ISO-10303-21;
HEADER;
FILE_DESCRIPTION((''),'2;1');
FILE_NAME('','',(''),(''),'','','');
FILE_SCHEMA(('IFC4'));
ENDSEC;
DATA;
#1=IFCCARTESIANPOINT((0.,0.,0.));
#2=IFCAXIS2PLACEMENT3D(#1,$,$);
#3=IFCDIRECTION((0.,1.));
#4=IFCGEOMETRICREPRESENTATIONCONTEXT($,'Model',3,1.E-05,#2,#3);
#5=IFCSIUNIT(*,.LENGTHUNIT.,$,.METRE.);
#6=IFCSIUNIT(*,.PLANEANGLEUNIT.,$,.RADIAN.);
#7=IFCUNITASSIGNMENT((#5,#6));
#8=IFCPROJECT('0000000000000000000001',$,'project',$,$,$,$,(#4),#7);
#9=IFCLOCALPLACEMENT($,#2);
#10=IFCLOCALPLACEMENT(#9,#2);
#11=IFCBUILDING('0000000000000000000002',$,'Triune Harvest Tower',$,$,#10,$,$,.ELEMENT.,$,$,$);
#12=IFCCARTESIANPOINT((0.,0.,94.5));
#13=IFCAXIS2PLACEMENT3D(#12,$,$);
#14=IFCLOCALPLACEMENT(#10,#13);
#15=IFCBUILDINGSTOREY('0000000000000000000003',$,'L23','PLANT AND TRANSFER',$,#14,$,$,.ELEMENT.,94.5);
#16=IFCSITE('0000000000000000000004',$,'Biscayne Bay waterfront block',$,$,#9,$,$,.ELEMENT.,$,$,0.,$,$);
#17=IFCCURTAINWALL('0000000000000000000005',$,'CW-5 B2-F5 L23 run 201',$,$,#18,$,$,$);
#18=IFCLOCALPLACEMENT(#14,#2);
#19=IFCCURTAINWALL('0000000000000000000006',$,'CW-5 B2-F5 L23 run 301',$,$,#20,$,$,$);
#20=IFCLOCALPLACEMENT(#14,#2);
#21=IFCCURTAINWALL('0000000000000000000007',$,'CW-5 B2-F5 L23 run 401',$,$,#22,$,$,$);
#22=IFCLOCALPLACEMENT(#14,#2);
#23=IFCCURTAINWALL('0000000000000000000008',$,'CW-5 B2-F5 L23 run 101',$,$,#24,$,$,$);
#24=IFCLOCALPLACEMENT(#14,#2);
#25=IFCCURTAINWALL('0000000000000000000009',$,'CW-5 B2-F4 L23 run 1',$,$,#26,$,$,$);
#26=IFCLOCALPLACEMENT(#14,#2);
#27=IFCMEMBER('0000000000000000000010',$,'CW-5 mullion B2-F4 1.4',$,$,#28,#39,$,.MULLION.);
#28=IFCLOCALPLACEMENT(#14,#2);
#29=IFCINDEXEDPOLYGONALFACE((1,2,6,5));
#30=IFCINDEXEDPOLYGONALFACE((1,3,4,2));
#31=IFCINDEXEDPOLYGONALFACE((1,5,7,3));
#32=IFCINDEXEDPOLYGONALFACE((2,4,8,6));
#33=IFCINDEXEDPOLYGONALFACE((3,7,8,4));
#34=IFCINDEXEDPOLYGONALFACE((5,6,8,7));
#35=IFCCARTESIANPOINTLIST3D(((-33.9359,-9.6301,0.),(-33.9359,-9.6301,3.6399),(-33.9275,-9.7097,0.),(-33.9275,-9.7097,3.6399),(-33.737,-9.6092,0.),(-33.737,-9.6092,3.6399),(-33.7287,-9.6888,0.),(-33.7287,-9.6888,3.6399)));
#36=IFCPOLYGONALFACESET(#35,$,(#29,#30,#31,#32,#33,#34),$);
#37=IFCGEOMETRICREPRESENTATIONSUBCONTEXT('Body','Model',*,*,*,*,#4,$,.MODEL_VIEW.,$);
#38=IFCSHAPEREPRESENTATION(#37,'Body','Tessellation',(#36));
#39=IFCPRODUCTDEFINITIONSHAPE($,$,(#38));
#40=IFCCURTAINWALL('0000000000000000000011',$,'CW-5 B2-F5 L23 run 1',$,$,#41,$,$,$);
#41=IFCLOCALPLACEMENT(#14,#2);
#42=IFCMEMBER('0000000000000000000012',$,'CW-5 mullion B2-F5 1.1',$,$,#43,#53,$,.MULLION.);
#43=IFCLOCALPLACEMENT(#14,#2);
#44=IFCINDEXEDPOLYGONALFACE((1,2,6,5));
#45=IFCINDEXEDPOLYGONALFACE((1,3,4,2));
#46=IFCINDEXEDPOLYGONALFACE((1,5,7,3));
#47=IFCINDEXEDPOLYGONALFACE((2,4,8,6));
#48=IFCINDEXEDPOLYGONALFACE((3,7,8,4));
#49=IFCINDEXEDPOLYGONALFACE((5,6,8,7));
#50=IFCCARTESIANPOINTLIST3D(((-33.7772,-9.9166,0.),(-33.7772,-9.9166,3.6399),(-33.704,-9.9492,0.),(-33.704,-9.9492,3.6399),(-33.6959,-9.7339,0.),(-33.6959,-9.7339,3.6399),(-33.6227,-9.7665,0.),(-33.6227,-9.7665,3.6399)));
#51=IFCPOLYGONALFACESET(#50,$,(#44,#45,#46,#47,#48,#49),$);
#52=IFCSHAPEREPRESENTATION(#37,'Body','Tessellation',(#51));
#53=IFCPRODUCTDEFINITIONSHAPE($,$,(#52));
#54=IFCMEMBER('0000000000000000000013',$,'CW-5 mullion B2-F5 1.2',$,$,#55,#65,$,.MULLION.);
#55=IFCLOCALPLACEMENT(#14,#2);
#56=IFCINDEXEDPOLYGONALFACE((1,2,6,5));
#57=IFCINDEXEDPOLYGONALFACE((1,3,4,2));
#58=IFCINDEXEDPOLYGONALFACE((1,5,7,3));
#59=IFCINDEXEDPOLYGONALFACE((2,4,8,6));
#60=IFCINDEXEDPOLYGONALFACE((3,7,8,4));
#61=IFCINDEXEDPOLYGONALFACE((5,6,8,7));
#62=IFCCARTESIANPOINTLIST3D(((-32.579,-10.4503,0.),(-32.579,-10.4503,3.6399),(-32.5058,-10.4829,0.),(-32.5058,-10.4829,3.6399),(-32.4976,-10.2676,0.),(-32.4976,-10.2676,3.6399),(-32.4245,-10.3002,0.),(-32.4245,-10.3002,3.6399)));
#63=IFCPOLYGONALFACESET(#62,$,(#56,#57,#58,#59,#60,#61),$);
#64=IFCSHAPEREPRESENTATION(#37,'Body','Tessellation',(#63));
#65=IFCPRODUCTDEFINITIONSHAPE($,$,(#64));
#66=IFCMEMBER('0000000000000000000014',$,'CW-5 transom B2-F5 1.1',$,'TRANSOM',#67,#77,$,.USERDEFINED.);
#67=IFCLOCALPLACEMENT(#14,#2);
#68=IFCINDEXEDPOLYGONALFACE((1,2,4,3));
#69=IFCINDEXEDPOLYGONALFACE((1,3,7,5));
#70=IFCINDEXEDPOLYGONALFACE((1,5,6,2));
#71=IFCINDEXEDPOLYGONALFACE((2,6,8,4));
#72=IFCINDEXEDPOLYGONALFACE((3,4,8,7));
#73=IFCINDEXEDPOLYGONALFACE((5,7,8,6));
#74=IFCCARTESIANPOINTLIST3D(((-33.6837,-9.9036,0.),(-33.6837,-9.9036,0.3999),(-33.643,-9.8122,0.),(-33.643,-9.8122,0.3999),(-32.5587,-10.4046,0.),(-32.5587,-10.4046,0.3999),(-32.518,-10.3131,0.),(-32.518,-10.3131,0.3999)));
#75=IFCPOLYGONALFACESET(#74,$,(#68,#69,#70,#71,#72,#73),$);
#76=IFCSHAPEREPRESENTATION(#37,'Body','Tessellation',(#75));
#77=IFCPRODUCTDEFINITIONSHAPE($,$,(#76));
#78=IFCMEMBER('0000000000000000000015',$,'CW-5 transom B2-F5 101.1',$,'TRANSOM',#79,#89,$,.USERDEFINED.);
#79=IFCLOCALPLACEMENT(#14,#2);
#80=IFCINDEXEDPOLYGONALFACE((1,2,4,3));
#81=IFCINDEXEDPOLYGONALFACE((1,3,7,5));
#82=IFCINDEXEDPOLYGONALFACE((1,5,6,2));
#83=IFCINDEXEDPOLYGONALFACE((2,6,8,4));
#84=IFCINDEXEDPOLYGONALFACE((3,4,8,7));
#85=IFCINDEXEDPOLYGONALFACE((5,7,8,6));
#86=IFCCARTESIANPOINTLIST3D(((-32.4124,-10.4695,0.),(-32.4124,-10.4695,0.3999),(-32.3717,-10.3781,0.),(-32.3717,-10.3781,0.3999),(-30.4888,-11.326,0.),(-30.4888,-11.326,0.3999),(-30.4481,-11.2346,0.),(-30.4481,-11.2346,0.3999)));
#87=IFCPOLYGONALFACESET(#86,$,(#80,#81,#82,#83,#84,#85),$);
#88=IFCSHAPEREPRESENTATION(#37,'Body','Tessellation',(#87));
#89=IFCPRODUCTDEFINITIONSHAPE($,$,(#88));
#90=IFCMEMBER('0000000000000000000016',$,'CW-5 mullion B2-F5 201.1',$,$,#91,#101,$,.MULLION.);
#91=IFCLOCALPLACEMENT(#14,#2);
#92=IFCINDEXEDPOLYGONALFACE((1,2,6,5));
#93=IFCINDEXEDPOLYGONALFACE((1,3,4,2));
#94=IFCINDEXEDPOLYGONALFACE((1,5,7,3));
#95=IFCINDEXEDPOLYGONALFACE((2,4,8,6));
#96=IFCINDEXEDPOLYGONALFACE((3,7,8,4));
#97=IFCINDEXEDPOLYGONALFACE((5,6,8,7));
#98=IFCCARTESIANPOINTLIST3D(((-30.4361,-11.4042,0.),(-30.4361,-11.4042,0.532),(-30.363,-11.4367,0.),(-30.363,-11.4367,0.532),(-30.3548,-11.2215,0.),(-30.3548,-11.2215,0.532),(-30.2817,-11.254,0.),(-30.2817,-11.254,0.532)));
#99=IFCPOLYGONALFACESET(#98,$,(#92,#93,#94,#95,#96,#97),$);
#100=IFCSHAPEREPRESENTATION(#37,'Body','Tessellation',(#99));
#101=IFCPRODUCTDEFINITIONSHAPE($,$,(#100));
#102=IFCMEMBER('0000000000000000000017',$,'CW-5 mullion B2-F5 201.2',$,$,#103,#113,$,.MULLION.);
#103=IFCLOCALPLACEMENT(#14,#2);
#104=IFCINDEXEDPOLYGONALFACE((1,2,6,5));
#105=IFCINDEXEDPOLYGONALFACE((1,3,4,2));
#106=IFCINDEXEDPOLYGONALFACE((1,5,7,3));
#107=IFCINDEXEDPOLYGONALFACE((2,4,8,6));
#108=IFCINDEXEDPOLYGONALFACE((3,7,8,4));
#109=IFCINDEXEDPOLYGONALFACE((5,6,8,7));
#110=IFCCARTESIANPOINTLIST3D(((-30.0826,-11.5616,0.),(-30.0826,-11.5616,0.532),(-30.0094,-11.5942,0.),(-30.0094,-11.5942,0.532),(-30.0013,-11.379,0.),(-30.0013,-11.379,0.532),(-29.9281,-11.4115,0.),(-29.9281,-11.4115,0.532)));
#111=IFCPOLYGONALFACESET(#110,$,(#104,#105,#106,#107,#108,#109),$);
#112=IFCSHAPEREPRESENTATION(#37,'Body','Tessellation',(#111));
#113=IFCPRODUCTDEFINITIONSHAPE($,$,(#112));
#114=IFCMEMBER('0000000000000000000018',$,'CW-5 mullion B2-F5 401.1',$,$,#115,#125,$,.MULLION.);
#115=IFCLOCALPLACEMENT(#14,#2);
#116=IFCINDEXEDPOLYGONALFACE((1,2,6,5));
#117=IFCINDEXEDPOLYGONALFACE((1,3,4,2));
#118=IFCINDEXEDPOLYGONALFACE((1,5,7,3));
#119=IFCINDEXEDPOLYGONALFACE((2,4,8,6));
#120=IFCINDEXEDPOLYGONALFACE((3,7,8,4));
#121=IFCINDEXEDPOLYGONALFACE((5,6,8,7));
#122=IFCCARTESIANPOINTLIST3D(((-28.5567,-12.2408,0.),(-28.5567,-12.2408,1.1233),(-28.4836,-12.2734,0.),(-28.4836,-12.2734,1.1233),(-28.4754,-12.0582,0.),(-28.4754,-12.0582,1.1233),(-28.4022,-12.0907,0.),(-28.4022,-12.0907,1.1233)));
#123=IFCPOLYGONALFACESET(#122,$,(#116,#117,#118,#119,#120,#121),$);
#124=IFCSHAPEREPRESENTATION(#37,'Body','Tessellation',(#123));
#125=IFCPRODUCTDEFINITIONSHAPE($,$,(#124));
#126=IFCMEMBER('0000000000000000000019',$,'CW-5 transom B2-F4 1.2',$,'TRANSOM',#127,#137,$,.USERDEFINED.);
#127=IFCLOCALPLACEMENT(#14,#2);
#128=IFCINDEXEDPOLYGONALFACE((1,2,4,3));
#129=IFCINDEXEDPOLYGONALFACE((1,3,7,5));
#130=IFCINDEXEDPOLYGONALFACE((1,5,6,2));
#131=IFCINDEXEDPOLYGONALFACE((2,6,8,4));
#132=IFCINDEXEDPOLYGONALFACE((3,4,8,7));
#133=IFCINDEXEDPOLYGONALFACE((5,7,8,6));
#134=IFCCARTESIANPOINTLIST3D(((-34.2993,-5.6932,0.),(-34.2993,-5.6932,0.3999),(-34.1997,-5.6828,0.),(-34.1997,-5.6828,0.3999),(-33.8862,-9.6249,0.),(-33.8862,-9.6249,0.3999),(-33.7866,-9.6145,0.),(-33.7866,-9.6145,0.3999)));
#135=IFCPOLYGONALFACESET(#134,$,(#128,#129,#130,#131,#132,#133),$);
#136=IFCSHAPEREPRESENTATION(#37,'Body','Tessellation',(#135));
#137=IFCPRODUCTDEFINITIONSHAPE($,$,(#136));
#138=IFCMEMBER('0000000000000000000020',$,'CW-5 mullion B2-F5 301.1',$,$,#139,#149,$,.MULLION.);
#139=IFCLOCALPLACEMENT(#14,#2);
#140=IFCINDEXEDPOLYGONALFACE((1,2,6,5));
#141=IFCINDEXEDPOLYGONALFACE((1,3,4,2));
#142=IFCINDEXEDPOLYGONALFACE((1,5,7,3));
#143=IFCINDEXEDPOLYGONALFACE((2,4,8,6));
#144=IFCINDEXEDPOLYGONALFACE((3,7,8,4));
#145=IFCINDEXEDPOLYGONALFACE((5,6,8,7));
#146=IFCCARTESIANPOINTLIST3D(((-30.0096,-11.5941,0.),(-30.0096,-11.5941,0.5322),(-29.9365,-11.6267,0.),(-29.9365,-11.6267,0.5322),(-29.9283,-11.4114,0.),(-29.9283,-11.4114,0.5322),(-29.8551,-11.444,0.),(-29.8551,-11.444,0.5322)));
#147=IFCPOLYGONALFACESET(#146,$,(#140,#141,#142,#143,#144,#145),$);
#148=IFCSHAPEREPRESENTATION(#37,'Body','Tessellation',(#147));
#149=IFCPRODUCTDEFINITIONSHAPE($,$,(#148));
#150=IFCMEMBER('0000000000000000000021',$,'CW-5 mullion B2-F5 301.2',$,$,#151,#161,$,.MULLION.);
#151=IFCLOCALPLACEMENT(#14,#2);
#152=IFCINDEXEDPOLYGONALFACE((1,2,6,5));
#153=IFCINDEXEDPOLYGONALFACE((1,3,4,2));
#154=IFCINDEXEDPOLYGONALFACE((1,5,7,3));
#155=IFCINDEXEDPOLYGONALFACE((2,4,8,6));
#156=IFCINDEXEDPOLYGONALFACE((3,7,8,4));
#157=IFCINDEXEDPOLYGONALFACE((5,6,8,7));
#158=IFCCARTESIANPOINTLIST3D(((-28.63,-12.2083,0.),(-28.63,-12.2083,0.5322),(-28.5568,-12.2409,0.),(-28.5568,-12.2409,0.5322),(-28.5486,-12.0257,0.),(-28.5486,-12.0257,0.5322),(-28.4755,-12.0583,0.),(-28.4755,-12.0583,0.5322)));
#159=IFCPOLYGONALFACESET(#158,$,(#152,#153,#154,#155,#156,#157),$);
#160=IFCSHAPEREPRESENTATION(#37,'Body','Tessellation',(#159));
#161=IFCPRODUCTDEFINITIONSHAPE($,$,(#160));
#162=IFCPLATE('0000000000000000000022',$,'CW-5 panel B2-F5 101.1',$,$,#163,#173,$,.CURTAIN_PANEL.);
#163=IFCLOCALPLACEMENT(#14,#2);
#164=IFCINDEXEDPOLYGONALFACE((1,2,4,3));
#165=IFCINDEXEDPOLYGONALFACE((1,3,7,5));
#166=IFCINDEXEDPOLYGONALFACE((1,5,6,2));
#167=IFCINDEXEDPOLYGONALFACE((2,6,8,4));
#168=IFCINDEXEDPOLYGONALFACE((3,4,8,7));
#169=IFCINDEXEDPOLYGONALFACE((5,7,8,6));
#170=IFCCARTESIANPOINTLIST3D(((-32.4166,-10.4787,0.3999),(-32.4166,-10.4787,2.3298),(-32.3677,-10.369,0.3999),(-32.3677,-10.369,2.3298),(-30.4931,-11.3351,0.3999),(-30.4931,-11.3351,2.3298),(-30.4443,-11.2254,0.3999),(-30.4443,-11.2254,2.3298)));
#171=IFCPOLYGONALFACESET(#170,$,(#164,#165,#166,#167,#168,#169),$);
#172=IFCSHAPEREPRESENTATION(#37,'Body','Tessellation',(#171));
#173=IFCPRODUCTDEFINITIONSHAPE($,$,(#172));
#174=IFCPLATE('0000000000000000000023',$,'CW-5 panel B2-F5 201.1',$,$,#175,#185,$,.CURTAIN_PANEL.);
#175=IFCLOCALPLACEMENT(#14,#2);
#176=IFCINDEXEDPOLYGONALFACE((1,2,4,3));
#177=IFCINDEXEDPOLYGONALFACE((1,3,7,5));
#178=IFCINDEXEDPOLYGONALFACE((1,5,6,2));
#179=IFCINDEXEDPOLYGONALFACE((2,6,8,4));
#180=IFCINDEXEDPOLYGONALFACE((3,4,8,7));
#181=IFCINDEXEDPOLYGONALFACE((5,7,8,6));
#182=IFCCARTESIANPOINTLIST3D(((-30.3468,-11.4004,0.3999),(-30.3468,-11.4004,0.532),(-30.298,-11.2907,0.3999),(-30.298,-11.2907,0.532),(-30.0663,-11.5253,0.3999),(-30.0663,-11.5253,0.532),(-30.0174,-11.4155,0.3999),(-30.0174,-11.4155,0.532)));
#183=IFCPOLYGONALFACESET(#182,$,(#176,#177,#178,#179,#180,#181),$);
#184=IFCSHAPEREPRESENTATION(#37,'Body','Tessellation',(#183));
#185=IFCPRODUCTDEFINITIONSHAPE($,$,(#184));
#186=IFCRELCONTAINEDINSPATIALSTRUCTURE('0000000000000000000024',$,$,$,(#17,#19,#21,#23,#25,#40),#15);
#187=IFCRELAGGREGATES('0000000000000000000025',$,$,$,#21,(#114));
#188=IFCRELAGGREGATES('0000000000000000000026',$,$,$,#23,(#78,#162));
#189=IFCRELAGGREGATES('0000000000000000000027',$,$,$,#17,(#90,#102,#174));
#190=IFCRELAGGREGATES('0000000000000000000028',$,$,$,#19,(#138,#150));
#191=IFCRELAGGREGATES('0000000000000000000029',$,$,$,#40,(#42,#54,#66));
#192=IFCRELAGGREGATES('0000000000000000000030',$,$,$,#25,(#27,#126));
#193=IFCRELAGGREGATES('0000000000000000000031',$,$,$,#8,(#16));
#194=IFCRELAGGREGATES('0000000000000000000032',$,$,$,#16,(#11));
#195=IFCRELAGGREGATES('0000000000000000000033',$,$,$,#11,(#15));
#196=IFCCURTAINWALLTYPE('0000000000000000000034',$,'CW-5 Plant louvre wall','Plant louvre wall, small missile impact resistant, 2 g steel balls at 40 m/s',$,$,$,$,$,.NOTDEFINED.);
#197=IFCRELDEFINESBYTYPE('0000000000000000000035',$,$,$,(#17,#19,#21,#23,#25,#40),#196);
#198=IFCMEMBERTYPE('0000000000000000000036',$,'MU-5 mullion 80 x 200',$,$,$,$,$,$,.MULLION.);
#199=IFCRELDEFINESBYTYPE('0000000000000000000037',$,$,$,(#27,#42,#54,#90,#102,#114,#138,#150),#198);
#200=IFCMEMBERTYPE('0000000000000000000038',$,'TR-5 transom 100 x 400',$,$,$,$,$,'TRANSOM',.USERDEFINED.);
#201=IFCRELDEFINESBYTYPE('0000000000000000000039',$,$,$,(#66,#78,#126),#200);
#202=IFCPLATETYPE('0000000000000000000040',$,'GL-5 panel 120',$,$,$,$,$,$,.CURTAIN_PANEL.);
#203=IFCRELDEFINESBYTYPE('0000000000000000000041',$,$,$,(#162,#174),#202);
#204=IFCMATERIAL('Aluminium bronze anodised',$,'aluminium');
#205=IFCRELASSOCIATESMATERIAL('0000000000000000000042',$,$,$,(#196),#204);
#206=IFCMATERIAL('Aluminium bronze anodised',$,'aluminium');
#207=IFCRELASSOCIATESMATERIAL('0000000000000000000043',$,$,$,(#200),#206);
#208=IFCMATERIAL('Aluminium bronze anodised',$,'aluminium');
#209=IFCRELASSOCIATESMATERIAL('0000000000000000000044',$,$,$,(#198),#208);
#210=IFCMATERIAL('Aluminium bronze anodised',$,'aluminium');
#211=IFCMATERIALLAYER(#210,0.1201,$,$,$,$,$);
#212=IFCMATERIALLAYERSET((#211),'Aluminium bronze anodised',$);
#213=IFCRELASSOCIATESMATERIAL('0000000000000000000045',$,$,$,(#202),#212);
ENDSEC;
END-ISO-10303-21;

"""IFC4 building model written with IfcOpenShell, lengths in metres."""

from ifc_helpers import new_model, si_unit, direction, frame, origin, origin_2d, place, context, subcontext, project, spatial, rectangle, extrude, source, transform, mapped, material, layer, layer_set, material_profile, profile_set, type_object, element, aggregate, save


model = new_model("IFC4")

# Units and contexts
model_context = context("Model", 3, precision=1e-05, world=origin(), true_north=direction((0.0, 1.0)))
body_context = subcontext(model_context, "Body", "Model", "MODEL_VIEW")
ifc_project = project(units=[si_unit("LENGTHUNIT", "METRE"), si_unit("PLANEANGLEUNIT", "RADIAN")], contexts=[model_context])

# Site, building, storey
site_placement = place(None, origin())
site = spatial("IfcSite", under=ifc_project, at=site_placement, Name="Biscayne Bay waterfront block", CompositionType="ELEMENT", RefElevation=0.0)
building_placement = place(site_placement, origin())
building = spatial("IfcBuilding", under=site, at=building_placement, Name="Triune Harvest Tower", CompositionType="ELEMENT")
storey_placement = place(building_placement, frame((0.0, 0.0, 94.5)))
storey = spatial("IfcBuildingStorey", under=building, at=storey_placement, Name="L23", Description="PLANT AND TRANSFER", CompositionType="ELEMENT", Elevation=94.5)

# Curtain walls
ifc_material_1 = material(Name="Aluminium bronze anodised", Category="aluminium")
curtain_wall_type = type_object("IfcCurtainWallType", Name="CW-5 Plant louvre wall", Description="Plant louvre wall, small missile impact resistant, 2 g steel balls at 40 m/s", PredefinedType="NOTDEFINED", material=ifc_material_1)
curtain_wall_1_placement = place(storey_placement, origin())
curtain_wall_1 = element("IfcCurtainWall", 1, at=curtain_wall_1_placement, inside=storey, type_object=curtain_wall_type, Name="CW-5 B2-F5 L23 run 201")
ifc_material_2 = material(Name="Aluminium bronze anodised", Category="aluminium")
ifc_material_profile_1 = material_profile(ifc_material_2, rectangle(XDim=0.1001, YDim=0.3999, at=origin_2d()), Name="TR-5 transom 100 x 400")
ifc_profile_set_1 = profile_set([ifc_material_profile_1], Name="Aluminium bronze anodised")
member_type_1 = type_object("IfcMemberType", Name="TR-5 transom 100 x 400", ElementType="TRANSOM", PredefinedType="USERDEFINED", material=ifc_profile_set_1)
curtain_wall_2_placement = place(storey_placement, origin())
curtain_wall_2 = element("IfcCurtainWall", 2, at=curtain_wall_2_placement, inside=storey, type_object=curtain_wall_type, Name="CW-5 B2-F5 L23 run 301")
curtain_wall_3_placement = place(storey_placement, origin())
curtain_wall_3 = element("IfcCurtainWall", 3, at=curtain_wall_3_placement, inside=storey, type_object=curtain_wall_type, Name="CW-5 B2-F5 L23 run 401")

# Curtain walls, members
curtain_wall_4_placement = place(storey_placement, origin())
curtain_wall_4 = element("IfcCurtainWall", 4, at=curtain_wall_4_placement, inside=storey, type_object=curtain_wall_type, Name="CW-5 B2-F5 L23 run 101")
ifc_material_3 = material(Name="Aluminium bronze anodised", Category="aluminium")
ifc_material_profile_2 = material_profile(ifc_material_3, rectangle(XDim=0.2, YDim=0.0801, at=origin_2d()), Name="MU-5 mullion 80 x 200")
ifc_profile_set_2 = profile_set([ifc_material_profile_2], Name="Aluminium bronze anodised")
member_type_2 = type_object("IfcMemberType", Name="MU-5 mullion 80 x 200", PredefinedType="MULLION", material=ifc_profile_set_2)
curtain_wall_5_placement = place(storey_placement, origin())
curtain_wall_5 = element("IfcCurtainWall", 5, at=curtain_wall_5_placement, inside=storey, type_object=curtain_wall_type, Name="CW-5 B2-F4 L23 run 1")
shared_shape_1 = source(origin(), body_context, "Body", "SweptSolid", [
    extrude(rectangle(XDim=0.2, YDim=0.0801, at=origin_2d()), origin(), (0.0, 0.0, 1.0), 3.6399),
])
member_1_placement = place(storey_placement, frame((-33.8323, -9.6594, 0.0), z_axis=(0.0, 0.0, 1.0), x_axis=(0.994522, 0.104529, 0.0)))
member_1 = element("IfcMember", 6, at=member_1_placement, type_object=member_type_2, Name="CW-5 mullion B2-F4 1.4", PredefinedType="MULLION", context=body_context, shape_type="MappedRepresentation", body=[
    mapped(shared_shape_1, transform((0.0, 0.0, 0.0), scale=1.0)),
])
curtain_wall_6_placement = place(storey_placement, origin())
curtain_wall_6 = element("IfcCurtainWall", 7, at=curtain_wall_6_placement, inside=storey, type_object=curtain_wall_type, Name="CW-5 B2-F5 L23 run 1")
member_2_placement = place(storey_placement, frame((-33.7, -9.8416, 0.0), z_axis=(0.0, 0.0, 1.0), x_axis=(0.406752, 0.913539, 0.0)))
member_2 = element("IfcMember", 8, at=member_2_placement, type_object=member_type_2, Name="CW-5 mullion B2-F5 1.1", PredefinedType="MULLION", context=body_context, shape_type="MappedRepresentation", body=[
    mapped(shared_shape_1, transform((0.0, 0.0, 0.0), scale=1.0)),
])
member_3_placement = place(storey_placement, frame((-32.5017, -10.3752, 0.0), z_axis=(0.0, 0.0, 1.0), x_axis=(0.406752, 0.913539, 0.0)))
member_3 = element("IfcMember", 9, at=member_3_placement, type_object=member_type_2, Name="CW-5 mullion B2-F5 1.2", PredefinedType="MULLION", context=body_context, shape_type="MappedRepresentation", body=[
    mapped(shared_shape_1, transform((0.0, 0.0, 0.0), scale=1.0)),
])
shared_shape_2 = source(origin(), body_context, "Body", "SweptSolid", [
    extrude(rectangle(XDim=0.1001, YDim=0.3999, at=origin_2d()), origin(), (0.0, 0.0, 1.0), 1.2314),
])
member_4_placement = place(storey_placement, frame((-33.6633, -9.8579, 0.2), z_axis=(0.913517, -0.406801, 0.0), x_axis=(0.406801, 0.913517, 0.0)))
member_4 = element("IfcMember", 10, at=member_4_placement, type_object=member_type_1, Name="CW-5 transom B2-F5 1.1", ObjectType="TRANSOM", PredefinedType="USERDEFINED", context=body_context, shape_type="MappedRepresentation", body=[
    mapped(shared_shape_2, transform((0.0, 0.0, 0.0), scale=1.0)),
])

# Members
shared_shape_3 = source(origin(), body_context, "Body", "SweptSolid", [
    extrude(rectangle(XDim=0.1001, YDim=0.3999, at=origin_2d()), origin(), (0.0, 0.0, 1.0), 2.1057),
])
member_5_placement = place(storey_placement, frame((-32.3921, -10.4238, 0.2), z_axis=(0.913544, -0.406741, 0.0), x_axis=(0.406741, 0.913544, 0.0)))
member_5 = element("IfcMember", 11, at=member_5_placement, type_object=member_type_1, Name="CW-5 transom B2-F5 101.1", ObjectType="TRANSOM", PredefinedType="USERDEFINED", context=body_context, shape_type="MappedRepresentation", body=[
    mapped(shared_shape_3, transform((0.0, 0.0, 0.0), scale=1.0)),
])
shared_shape_4 = source(origin(), body_context, "Body", "SweptSolid", [
    extrude(rectangle(XDim=0.2, YDim=0.0801, at=origin_2d()), origin(), (0.0, 0.0, 1.0), 0.532),
])
member_6_placement = place(storey_placement, frame((-30.3589, -11.3291, 0.0), z_axis=(0.0, 0.0, 1.0), x_axis=(0.406595, 0.913608, 0.0)))
member_6 = element("IfcMember", 12, at=member_6_placement, type_object=member_type_2, Name="CW-5 mullion B2-F5 201.1", PredefinedType="MULLION", context=body_context, shape_type="MappedRepresentation", body=[
    mapped(shared_shape_4, transform((0.0, 0.0, 0.0), scale=1.0)),
])
member_7_placement = place(storey_placement, frame((-30.0054, -11.4866, 0.0), z_axis=(0.0, 0.0, 1.0), x_axis=(0.406595, 0.913608, 0.0)))
member_7 = element("IfcMember", 13, at=member_7_placement, type_object=member_type_2, Name="CW-5 mullion B2-F5 201.2", PredefinedType="MULLION", context=body_context, shape_type="MappedRepresentation", body=[
    mapped(shared_shape_4, transform((0.0, 0.0, 0.0), scale=1.0)),
])
shared_shape_5 = source(origin(), body_context, "Body", "SweptSolid", [
    extrude(rectangle(XDim=0.2, YDim=0.0801, at=origin_2d()), origin(), (0.0, 0.0, 1.0), 1.1233),
])
member_8_placement = place(storey_placement, frame((-28.4795, -12.1658, 0.0), z_axis=(0.0, 0.0, 1.0), x_axis=(0.406781, 0.913526, 0.0)))
member_8 = element("IfcMember", 14, at=member_8_placement, type_object=member_type_2, Name="CW-5 mullion B2-F5 401.1", PredefinedType="MULLION", context=body_context, shape_type="MappedRepresentation", body=[
    mapped(shared_shape_5, transform((0.0, 0.0, 0.0), scale=1.0)),
])
aggregate(curtain_wall_3, [member_8])
shared_shape_6 = source(origin(), body_context, "Body", "SweptSolid", [
    extrude(rectangle(XDim=0.1001, YDim=0.3999, at=origin_2d()), origin(), (0.0, 0.0, 1.0), 3.9534),
])
member_9_placement = place(storey_placement, frame((-34.2495, -5.688, 0.2), z_axis=(0.104492, -0.994526, 0.0), x_axis=(0.994526, 0.104492, 0.0)))
member_9 = element("IfcMember", 15, at=member_9_placement, type_object=member_type_1, Name="CW-5 transom B2-F4 1.2", ObjectType="TRANSOM", PredefinedType="USERDEFINED", context=body_context, shape_type="MappedRepresentation", body=[
    mapped(shared_shape_6, transform((0.0, 0.0, 0.0), scale=1.0)),
])
shared_shape_7 = source(origin(), body_context, "Body", "SweptSolid", [
    extrude(rectangle(XDim=0.2, YDim=0.0801, at=origin_2d()), origin(), (0.0, 0.0, 1.0), 0.5322),
])
member_10_placement = place(storey_placement, frame((-29.9324, -11.519, 0.0), z_axis=(0.0, 0.0, 1.0), x_axis=(0.406745, 0.913542, 0.0)))
member_10 = element("IfcMember", 16, at=member_10_placement, type_object=member_type_2, Name="CW-5 mullion B2-F5 301.1", PredefinedType="MULLION", context=body_context, shape_type="MappedRepresentation", body=[
    mapped(shared_shape_7, transform((0.0, 0.0, 0.0), scale=1.0)),
])
member_11_placement = place(storey_placement, frame((-28.5527, -12.1333, 0.0), z_axis=(0.0, 0.0, 1.0), x_axis=(0.406745, 0.913542, 0.0)))
member_11 = element("IfcMember", 17, at=member_11_placement, type_object=member_type_2, Name="CW-5 mullion B2-F5 301.2", PredefinedType="MULLION", context=body_context, shape_type="MappedRepresentation", body=[
    mapped(shared_shape_7, transform((0.0, 0.0, 0.0), scale=1.0)),
])

# Plates
ifc_material_4 = material(Name="Aluminium bronze anodised", Category="aluminium")
ifc_layer_1 = layer(ifc_material_4, 0.1201)
ifc_layer_set_1 = layer_set([ifc_layer_1], Name="Aluminium bronze anodised")
plate_type = type_object("IfcPlateType", Name="GL-5 panel 120", PredefinedType="CURTAIN_PANEL", material=ifc_layer_set_1)
plate_1_placement = place(storey_placement, frame((-31.4304, -10.8521, 0.3999), z_axis=(0.0, 0.0, 1.0), x_axis=(0.913544, -0.40674, 0.0)))
plate_1 = element("IfcPlate", 18, at=plate_1_placement, type_object=plate_type, Name="CW-5 panel B2-F5 101.1", PredefinedType="CURTAIN_PANEL", context=body_context, shape_type="SweptSolid", body=[
    extrude(rectangle(XDim=2.1055, YDim=0.1201, at=origin_2d()), origin(), (0.0, 0.0, 1.0), 1.9299),
])
aggregate(curtain_wall_4, [member_5, plate_1])
plate_2_placement = place(storey_placement, frame((-30.1821, -11.408, 0.3999), z_axis=(0.0, 0.0, 1.0), x_axis=(0.913608, -0.406595, 0.0)))
plate_2 = element("IfcPlate", 19, at=plate_2_placement, type_object=plate_type, Name="CW-5 panel B2-F5 201.1", PredefinedType="CURTAIN_PANEL", context=body_context, shape_type="SweptSolid", body=[
    extrude(rectangle(XDim=0.3071, YDim=0.1201, at=origin_2d()), origin(), (0.0, 0.0, 1.0), 0.1321),
])
aggregate(curtain_wall_1, [member_6, member_7, plate_2])
aggregate(curtain_wall_2, [member_10, member_11])
aggregate(curtain_wall_6, [member_2, member_3, member_4])
aggregate(curtain_wall_5, [member_1, member_9])

save(model, "model.ifc")
